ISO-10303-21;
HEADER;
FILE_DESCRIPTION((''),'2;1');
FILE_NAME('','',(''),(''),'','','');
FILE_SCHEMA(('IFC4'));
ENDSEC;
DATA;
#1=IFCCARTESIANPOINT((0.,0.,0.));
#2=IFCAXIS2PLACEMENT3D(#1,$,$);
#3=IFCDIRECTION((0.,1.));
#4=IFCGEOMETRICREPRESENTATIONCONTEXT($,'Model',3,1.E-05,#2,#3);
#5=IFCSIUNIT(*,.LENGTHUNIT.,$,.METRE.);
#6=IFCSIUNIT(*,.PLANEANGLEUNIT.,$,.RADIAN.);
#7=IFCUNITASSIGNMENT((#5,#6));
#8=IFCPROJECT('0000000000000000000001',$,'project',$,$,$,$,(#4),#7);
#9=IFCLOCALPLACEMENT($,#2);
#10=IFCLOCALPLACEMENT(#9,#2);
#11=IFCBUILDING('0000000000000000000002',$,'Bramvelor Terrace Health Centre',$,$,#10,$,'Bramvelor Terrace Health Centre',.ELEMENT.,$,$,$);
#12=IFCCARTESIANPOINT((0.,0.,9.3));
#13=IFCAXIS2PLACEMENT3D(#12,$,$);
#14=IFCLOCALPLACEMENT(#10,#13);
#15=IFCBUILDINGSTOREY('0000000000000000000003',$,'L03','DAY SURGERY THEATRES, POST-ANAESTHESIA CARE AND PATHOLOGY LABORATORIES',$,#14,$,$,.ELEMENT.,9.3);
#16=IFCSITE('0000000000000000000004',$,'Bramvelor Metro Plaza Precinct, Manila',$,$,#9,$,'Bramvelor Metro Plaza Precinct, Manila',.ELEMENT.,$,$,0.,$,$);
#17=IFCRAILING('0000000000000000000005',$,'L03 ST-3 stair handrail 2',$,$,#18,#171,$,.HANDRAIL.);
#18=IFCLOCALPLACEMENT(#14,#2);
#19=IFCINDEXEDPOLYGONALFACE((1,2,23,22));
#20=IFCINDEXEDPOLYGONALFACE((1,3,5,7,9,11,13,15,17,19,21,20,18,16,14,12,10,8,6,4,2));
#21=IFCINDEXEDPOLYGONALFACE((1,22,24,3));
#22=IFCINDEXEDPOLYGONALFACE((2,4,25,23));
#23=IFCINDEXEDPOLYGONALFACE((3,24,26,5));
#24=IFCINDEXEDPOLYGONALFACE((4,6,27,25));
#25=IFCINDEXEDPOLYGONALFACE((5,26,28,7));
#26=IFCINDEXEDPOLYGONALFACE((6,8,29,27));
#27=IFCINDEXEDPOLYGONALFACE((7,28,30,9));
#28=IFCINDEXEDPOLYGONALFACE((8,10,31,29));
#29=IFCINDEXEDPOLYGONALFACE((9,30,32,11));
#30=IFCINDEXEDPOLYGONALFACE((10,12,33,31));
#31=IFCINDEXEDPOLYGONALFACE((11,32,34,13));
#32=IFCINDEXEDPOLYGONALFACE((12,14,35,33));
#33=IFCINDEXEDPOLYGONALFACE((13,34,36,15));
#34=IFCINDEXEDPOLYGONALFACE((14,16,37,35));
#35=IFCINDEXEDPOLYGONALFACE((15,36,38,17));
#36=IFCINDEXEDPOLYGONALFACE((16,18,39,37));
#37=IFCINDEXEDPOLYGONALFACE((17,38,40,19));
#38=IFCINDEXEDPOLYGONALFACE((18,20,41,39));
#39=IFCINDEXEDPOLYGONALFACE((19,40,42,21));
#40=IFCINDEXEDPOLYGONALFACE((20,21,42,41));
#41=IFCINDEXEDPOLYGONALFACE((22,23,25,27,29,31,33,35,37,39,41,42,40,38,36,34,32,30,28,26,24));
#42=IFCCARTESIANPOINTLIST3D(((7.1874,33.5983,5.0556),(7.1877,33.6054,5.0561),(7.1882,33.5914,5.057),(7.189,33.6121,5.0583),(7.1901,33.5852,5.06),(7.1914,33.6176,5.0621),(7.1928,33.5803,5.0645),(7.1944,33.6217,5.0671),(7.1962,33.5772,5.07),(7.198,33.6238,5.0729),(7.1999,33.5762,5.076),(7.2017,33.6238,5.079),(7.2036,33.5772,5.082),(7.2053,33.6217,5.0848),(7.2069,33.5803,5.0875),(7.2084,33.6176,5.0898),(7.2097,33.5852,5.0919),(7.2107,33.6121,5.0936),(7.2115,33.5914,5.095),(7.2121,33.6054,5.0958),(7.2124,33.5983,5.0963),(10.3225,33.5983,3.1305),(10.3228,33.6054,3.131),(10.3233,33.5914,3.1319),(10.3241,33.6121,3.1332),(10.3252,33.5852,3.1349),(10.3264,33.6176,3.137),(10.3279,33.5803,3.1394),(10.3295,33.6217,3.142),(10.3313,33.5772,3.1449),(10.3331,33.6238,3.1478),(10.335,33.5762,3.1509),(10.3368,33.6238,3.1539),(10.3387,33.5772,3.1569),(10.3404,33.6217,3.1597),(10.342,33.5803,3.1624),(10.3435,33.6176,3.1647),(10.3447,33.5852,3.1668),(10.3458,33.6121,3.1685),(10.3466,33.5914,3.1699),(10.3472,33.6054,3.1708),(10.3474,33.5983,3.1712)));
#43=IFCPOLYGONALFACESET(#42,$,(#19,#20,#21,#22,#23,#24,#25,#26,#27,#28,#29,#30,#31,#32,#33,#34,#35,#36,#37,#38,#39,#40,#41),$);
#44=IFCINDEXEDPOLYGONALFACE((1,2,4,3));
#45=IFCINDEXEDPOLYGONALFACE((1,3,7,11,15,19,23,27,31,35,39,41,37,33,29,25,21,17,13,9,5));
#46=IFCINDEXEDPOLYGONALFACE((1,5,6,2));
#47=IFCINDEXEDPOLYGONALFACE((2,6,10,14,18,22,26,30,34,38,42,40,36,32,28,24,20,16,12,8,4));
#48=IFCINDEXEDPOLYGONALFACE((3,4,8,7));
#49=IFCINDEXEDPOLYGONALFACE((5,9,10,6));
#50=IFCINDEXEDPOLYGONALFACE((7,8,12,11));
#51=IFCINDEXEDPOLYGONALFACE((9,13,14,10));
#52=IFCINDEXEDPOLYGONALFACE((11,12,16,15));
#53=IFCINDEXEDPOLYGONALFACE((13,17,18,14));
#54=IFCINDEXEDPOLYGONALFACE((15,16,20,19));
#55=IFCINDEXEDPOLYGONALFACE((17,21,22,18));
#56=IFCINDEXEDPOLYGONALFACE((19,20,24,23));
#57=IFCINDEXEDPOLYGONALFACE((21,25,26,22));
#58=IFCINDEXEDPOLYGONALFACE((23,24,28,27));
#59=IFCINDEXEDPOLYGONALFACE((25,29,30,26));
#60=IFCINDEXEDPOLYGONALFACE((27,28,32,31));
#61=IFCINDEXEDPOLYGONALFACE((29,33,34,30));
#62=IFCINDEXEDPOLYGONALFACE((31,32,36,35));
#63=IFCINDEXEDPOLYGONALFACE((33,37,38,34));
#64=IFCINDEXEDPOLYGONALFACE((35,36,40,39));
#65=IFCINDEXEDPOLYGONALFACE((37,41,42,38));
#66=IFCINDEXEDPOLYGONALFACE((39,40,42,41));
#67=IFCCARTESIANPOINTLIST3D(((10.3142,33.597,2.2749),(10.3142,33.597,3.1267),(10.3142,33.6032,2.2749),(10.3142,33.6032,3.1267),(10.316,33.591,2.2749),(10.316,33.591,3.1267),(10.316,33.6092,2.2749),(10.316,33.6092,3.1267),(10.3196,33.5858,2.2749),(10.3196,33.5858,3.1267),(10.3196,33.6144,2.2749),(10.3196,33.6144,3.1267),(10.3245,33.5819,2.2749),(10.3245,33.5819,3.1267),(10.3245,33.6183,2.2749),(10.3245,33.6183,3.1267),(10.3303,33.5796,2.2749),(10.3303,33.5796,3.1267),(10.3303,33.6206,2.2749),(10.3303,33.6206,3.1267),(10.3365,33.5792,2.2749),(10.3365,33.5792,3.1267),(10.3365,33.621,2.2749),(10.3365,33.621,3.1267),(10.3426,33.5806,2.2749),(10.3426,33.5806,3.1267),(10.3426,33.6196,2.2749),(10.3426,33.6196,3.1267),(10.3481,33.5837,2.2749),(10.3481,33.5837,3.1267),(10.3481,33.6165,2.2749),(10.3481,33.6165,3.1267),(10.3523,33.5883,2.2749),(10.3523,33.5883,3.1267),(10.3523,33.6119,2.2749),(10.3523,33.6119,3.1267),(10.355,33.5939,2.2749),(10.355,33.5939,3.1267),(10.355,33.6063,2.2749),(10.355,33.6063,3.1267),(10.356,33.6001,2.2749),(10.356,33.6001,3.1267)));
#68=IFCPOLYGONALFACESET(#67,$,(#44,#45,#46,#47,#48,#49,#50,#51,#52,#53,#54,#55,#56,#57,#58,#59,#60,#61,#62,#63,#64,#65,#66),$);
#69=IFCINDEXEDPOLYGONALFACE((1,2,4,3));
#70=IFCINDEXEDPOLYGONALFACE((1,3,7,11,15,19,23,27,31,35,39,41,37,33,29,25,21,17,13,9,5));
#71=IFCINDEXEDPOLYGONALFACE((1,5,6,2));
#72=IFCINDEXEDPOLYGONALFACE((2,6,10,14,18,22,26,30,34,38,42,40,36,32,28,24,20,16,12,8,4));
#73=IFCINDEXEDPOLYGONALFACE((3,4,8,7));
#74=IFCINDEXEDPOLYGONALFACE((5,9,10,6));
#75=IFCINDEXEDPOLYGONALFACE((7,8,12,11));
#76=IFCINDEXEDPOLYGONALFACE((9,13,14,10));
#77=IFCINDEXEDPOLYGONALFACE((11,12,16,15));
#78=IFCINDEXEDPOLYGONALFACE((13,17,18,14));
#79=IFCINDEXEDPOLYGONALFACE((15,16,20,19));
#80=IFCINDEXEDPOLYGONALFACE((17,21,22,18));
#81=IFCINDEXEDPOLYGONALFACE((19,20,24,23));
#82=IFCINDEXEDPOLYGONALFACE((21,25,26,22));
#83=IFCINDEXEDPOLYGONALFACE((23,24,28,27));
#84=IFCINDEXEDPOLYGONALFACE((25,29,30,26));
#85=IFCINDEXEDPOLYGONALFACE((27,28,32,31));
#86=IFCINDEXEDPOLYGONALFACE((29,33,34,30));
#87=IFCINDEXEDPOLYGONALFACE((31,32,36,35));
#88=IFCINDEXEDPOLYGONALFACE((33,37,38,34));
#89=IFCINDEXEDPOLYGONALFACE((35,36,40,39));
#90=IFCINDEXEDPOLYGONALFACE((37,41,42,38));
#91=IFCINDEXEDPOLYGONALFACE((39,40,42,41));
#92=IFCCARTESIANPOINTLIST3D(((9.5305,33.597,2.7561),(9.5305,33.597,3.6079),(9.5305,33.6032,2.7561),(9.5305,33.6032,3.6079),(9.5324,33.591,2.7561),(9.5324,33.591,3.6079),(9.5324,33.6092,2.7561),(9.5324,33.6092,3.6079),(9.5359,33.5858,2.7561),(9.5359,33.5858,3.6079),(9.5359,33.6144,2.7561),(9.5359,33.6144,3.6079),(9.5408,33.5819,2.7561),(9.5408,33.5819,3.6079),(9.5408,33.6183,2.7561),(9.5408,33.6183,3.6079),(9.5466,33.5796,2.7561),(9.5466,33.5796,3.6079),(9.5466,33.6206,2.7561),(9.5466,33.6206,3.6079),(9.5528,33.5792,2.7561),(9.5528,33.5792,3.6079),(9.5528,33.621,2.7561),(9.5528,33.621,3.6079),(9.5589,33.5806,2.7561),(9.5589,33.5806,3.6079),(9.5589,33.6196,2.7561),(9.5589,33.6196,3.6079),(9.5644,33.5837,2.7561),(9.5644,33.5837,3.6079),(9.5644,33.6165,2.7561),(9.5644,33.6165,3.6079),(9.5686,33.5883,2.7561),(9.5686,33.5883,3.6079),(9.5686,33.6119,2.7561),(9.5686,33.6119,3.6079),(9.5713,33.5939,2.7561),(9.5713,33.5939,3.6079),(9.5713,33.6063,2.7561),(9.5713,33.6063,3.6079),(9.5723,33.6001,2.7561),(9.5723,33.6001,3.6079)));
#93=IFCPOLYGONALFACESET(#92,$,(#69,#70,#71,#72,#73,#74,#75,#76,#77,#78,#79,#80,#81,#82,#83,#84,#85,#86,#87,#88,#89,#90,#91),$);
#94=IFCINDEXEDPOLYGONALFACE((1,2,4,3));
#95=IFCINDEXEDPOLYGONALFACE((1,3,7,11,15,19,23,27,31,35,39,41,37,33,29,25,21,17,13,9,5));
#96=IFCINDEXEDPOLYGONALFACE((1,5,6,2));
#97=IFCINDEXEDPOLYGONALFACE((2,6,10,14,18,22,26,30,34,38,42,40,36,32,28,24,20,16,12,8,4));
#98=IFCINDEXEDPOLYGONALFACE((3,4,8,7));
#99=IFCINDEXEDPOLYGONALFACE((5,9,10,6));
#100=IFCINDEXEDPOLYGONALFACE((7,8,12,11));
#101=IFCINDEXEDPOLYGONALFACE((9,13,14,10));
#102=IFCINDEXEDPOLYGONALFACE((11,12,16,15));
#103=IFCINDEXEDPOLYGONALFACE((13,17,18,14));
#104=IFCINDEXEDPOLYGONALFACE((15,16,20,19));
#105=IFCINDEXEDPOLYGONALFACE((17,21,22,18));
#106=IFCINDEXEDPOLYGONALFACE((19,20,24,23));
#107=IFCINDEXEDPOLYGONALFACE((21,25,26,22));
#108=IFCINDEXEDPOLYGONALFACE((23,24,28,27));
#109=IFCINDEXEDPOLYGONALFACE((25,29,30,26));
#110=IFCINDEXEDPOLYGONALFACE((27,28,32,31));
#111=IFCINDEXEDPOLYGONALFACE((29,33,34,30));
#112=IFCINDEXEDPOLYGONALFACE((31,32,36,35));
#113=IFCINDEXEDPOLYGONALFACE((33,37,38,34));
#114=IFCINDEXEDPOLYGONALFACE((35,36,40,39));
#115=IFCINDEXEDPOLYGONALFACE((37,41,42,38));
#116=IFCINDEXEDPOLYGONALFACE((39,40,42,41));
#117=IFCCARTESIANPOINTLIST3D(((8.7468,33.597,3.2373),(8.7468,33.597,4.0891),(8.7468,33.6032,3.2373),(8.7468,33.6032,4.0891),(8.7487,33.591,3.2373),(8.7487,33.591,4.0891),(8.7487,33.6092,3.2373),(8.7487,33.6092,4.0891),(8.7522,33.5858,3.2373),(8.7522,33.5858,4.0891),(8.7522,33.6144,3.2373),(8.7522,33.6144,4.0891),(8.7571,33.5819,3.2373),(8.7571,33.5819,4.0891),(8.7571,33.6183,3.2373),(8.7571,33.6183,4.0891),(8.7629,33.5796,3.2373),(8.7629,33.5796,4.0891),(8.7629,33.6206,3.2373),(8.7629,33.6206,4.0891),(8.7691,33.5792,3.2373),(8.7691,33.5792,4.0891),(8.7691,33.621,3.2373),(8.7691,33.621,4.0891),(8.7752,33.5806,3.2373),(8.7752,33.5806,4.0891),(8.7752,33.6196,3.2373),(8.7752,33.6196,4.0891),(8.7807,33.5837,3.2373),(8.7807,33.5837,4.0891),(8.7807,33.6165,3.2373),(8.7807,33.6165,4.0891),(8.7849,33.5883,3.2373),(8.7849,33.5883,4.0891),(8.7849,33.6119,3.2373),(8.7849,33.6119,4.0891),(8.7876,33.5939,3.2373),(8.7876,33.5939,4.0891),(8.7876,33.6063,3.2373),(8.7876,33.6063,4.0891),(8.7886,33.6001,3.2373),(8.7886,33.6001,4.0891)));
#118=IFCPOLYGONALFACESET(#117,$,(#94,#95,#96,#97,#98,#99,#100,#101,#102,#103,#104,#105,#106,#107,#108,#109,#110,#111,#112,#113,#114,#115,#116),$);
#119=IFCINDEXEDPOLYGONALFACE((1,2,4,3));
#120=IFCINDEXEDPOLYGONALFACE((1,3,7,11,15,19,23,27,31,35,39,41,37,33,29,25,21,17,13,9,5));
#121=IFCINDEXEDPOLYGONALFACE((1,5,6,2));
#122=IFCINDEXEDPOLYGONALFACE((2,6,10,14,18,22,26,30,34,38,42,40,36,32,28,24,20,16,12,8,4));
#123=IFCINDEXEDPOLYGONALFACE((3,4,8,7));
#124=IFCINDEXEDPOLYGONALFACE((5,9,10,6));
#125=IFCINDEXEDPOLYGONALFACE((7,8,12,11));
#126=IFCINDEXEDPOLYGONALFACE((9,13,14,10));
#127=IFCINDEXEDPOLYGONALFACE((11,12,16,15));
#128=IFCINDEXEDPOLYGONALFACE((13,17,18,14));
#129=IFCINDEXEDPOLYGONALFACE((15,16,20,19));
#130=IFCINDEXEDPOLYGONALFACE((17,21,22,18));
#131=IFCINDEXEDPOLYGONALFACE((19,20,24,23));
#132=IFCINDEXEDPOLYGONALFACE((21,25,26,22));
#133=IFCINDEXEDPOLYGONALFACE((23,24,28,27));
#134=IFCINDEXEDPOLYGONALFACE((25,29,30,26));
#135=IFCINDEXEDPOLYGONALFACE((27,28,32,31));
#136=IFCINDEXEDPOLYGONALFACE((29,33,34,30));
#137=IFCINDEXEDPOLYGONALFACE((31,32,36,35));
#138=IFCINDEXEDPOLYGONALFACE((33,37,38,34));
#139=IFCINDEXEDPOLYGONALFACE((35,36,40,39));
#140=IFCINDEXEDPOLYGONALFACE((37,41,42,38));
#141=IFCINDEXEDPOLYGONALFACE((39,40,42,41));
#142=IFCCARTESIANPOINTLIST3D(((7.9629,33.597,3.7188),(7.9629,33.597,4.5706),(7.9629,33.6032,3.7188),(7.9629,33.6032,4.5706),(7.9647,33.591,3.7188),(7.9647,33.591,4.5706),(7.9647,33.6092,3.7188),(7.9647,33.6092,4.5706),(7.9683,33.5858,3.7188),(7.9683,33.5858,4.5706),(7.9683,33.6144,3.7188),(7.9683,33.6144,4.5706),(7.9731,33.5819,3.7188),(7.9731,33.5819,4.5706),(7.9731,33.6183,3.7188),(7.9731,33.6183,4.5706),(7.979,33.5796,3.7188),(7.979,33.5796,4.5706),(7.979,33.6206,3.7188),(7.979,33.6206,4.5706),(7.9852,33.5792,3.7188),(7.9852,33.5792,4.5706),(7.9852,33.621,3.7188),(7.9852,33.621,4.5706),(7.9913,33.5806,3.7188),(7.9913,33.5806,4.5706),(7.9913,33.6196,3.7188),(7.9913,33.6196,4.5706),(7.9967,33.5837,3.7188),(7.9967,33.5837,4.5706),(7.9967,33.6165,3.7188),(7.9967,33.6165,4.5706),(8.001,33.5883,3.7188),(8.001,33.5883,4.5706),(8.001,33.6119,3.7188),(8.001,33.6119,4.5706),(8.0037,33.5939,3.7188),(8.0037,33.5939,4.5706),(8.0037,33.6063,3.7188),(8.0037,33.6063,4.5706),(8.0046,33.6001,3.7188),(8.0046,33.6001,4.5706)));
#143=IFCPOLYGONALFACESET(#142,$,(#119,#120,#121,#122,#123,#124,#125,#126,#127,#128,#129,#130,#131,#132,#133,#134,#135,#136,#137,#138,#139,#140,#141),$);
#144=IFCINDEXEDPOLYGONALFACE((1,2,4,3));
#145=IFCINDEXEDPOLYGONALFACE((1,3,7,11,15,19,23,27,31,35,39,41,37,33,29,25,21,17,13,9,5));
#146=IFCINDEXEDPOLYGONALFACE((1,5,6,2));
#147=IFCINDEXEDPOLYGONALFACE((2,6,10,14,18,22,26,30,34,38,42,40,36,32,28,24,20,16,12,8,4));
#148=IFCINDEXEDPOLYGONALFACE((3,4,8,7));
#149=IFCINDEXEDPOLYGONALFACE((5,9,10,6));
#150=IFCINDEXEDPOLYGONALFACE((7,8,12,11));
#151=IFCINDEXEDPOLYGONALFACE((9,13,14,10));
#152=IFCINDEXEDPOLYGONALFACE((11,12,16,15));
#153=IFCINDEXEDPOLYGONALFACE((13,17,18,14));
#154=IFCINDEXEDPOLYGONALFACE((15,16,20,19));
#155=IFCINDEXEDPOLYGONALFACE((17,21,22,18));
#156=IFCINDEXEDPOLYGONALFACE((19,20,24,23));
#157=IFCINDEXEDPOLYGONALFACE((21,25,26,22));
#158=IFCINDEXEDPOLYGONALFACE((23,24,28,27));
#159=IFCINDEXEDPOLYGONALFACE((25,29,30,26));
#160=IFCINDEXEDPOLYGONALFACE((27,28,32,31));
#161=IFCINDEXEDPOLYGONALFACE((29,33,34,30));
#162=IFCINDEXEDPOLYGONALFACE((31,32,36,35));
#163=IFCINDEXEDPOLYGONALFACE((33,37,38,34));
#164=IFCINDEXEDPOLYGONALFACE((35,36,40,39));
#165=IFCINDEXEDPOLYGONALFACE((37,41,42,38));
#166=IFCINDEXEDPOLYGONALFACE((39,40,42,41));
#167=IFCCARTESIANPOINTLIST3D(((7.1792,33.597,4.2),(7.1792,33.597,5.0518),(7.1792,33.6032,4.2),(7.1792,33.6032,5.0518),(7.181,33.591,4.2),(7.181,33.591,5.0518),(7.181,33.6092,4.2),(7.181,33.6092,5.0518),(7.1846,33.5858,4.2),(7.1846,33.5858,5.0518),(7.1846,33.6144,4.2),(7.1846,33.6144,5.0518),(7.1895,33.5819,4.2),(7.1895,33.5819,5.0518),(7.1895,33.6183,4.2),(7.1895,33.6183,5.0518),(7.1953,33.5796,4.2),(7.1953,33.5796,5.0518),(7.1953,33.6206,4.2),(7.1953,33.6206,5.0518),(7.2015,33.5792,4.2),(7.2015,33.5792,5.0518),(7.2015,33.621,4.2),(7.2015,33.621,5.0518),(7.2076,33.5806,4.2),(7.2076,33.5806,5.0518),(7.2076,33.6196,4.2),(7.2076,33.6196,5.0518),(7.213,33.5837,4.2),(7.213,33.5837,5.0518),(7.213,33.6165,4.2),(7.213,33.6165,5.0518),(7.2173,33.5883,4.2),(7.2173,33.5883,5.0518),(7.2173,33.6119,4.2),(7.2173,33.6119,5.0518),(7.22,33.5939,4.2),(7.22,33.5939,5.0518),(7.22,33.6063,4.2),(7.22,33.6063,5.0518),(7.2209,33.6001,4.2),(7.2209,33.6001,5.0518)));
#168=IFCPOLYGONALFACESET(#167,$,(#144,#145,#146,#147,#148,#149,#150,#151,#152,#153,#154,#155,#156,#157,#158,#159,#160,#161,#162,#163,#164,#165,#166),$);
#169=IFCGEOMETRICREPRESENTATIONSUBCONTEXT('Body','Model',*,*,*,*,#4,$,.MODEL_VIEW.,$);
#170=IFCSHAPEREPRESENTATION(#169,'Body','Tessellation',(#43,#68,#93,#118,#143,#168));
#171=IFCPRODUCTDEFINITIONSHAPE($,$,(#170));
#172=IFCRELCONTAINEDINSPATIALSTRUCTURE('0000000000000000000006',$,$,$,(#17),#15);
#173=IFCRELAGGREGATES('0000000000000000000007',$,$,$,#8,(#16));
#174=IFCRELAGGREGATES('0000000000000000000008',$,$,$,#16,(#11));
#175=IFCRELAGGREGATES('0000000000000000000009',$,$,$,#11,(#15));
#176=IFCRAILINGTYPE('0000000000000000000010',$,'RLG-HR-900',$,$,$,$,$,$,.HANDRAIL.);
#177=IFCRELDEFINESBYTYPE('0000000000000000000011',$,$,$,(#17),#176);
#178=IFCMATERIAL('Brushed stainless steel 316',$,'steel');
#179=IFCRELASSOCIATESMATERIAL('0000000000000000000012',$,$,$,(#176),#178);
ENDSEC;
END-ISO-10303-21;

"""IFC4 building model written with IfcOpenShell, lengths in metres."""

from ifc_helpers import new_model, si_unit, direction, frame, origin, origin_2d, place, context, subcontext, project, spatial, circle, extrude, material, type_object, element, save


model = new_model("IFC4")

# Units and contexts
model_context = context("Model", 3, precision=1e-05, world=origin(), true_north=direction((0.0, 1.0)))
body_context = subcontext(model_context, "Body", "Model", "MODEL_VIEW")
ifc_project = project(units=[si_unit("LENGTHUNIT", "METRE"), si_unit("PLANEANGLEUNIT", "RADIAN")], contexts=[model_context])

# Site, building, storey
site_placement = place(None, origin())
site = spatial("IfcSite", under=ifc_project, at=site_placement, Name="Bramvelor Metro Plaza Precinct, Manila", LongName="Bramvelor Metro Plaza Precinct, Manila", CompositionType="ELEMENT", RefElevation=0.0)
building_placement = place(site_placement, origin())
building = spatial("IfcBuilding", under=site, at=building_placement, Name="Bramvelor Terrace Health Centre", LongName="Bramvelor Terrace Health Centre", CompositionType="ELEMENT")
storey_placement = place(building_placement, frame((0.0, 0.0, 9.3)))
storey = spatial("IfcBuildingStorey", under=building, at=storey_placement, Name="L03", Description="DAY SURGERY THEATRES, POST-ANAESTHESIA CARE AND PATHOLOGY LABORATORIES", CompositionType="ELEMENT", Elevation=9.3)

# Railing
ifc_material_1 = material(Name="Brushed stainless steel 316", Category="steel")
railing_type_1 = type_object("IfcRailingType", Name="RLG-HR-900", PredefinedType="HANDRAIL", material=ifc_material_1)
railing_1_placement = place(storey_placement, frame((10.335, 33.6001, 2.2749)))
element("IfcRailing", 1, at=railing_1_placement, inside=storey, type_object=railing_type_1, Name="L03 ST-3 stair handrail 2", PredefinedType="HANDRAIL", context=body_context, shape_type="SweptSolid", body=[
    extrude(circle(Radius=0.0239, at=origin_2d()), frame((0.0, 0.0, 0.876), z_axis=(-0.852166, 0.0, 0.523271), x_axis=(0.0, -1.0, 0.0)), (0.0, 0.0, 1.0), 3.679),
    extrude(circle(Radius=0.021, at=origin_2d()), origin(), (0.0, 0.0, 1.0), 0.8518),
    extrude(circle(Radius=0.021, at=origin_2d()), frame((-0.7837, 0.0, 0.4812)), (0.0, 0.0, 1.0), 0.8518),
    extrude(circle(Radius=0.021, at=origin_2d()), frame((-1.5674, 0.0, 0.9624)), (0.0, 0.0, 1.0), 0.8518),
    extrude(circle(Radius=0.021, at=origin_2d()), frame((-2.3513, 0.0, 1.4438)), (0.0, 0.0, 1.0), 0.8518),
    extrude(circle(Radius=0.021, at=origin_2d()), frame((-3.135, 0.0, 1.925)), (0.0, 0.0, 1.0), 0.8518),
])

save(model, "model.ifc")
